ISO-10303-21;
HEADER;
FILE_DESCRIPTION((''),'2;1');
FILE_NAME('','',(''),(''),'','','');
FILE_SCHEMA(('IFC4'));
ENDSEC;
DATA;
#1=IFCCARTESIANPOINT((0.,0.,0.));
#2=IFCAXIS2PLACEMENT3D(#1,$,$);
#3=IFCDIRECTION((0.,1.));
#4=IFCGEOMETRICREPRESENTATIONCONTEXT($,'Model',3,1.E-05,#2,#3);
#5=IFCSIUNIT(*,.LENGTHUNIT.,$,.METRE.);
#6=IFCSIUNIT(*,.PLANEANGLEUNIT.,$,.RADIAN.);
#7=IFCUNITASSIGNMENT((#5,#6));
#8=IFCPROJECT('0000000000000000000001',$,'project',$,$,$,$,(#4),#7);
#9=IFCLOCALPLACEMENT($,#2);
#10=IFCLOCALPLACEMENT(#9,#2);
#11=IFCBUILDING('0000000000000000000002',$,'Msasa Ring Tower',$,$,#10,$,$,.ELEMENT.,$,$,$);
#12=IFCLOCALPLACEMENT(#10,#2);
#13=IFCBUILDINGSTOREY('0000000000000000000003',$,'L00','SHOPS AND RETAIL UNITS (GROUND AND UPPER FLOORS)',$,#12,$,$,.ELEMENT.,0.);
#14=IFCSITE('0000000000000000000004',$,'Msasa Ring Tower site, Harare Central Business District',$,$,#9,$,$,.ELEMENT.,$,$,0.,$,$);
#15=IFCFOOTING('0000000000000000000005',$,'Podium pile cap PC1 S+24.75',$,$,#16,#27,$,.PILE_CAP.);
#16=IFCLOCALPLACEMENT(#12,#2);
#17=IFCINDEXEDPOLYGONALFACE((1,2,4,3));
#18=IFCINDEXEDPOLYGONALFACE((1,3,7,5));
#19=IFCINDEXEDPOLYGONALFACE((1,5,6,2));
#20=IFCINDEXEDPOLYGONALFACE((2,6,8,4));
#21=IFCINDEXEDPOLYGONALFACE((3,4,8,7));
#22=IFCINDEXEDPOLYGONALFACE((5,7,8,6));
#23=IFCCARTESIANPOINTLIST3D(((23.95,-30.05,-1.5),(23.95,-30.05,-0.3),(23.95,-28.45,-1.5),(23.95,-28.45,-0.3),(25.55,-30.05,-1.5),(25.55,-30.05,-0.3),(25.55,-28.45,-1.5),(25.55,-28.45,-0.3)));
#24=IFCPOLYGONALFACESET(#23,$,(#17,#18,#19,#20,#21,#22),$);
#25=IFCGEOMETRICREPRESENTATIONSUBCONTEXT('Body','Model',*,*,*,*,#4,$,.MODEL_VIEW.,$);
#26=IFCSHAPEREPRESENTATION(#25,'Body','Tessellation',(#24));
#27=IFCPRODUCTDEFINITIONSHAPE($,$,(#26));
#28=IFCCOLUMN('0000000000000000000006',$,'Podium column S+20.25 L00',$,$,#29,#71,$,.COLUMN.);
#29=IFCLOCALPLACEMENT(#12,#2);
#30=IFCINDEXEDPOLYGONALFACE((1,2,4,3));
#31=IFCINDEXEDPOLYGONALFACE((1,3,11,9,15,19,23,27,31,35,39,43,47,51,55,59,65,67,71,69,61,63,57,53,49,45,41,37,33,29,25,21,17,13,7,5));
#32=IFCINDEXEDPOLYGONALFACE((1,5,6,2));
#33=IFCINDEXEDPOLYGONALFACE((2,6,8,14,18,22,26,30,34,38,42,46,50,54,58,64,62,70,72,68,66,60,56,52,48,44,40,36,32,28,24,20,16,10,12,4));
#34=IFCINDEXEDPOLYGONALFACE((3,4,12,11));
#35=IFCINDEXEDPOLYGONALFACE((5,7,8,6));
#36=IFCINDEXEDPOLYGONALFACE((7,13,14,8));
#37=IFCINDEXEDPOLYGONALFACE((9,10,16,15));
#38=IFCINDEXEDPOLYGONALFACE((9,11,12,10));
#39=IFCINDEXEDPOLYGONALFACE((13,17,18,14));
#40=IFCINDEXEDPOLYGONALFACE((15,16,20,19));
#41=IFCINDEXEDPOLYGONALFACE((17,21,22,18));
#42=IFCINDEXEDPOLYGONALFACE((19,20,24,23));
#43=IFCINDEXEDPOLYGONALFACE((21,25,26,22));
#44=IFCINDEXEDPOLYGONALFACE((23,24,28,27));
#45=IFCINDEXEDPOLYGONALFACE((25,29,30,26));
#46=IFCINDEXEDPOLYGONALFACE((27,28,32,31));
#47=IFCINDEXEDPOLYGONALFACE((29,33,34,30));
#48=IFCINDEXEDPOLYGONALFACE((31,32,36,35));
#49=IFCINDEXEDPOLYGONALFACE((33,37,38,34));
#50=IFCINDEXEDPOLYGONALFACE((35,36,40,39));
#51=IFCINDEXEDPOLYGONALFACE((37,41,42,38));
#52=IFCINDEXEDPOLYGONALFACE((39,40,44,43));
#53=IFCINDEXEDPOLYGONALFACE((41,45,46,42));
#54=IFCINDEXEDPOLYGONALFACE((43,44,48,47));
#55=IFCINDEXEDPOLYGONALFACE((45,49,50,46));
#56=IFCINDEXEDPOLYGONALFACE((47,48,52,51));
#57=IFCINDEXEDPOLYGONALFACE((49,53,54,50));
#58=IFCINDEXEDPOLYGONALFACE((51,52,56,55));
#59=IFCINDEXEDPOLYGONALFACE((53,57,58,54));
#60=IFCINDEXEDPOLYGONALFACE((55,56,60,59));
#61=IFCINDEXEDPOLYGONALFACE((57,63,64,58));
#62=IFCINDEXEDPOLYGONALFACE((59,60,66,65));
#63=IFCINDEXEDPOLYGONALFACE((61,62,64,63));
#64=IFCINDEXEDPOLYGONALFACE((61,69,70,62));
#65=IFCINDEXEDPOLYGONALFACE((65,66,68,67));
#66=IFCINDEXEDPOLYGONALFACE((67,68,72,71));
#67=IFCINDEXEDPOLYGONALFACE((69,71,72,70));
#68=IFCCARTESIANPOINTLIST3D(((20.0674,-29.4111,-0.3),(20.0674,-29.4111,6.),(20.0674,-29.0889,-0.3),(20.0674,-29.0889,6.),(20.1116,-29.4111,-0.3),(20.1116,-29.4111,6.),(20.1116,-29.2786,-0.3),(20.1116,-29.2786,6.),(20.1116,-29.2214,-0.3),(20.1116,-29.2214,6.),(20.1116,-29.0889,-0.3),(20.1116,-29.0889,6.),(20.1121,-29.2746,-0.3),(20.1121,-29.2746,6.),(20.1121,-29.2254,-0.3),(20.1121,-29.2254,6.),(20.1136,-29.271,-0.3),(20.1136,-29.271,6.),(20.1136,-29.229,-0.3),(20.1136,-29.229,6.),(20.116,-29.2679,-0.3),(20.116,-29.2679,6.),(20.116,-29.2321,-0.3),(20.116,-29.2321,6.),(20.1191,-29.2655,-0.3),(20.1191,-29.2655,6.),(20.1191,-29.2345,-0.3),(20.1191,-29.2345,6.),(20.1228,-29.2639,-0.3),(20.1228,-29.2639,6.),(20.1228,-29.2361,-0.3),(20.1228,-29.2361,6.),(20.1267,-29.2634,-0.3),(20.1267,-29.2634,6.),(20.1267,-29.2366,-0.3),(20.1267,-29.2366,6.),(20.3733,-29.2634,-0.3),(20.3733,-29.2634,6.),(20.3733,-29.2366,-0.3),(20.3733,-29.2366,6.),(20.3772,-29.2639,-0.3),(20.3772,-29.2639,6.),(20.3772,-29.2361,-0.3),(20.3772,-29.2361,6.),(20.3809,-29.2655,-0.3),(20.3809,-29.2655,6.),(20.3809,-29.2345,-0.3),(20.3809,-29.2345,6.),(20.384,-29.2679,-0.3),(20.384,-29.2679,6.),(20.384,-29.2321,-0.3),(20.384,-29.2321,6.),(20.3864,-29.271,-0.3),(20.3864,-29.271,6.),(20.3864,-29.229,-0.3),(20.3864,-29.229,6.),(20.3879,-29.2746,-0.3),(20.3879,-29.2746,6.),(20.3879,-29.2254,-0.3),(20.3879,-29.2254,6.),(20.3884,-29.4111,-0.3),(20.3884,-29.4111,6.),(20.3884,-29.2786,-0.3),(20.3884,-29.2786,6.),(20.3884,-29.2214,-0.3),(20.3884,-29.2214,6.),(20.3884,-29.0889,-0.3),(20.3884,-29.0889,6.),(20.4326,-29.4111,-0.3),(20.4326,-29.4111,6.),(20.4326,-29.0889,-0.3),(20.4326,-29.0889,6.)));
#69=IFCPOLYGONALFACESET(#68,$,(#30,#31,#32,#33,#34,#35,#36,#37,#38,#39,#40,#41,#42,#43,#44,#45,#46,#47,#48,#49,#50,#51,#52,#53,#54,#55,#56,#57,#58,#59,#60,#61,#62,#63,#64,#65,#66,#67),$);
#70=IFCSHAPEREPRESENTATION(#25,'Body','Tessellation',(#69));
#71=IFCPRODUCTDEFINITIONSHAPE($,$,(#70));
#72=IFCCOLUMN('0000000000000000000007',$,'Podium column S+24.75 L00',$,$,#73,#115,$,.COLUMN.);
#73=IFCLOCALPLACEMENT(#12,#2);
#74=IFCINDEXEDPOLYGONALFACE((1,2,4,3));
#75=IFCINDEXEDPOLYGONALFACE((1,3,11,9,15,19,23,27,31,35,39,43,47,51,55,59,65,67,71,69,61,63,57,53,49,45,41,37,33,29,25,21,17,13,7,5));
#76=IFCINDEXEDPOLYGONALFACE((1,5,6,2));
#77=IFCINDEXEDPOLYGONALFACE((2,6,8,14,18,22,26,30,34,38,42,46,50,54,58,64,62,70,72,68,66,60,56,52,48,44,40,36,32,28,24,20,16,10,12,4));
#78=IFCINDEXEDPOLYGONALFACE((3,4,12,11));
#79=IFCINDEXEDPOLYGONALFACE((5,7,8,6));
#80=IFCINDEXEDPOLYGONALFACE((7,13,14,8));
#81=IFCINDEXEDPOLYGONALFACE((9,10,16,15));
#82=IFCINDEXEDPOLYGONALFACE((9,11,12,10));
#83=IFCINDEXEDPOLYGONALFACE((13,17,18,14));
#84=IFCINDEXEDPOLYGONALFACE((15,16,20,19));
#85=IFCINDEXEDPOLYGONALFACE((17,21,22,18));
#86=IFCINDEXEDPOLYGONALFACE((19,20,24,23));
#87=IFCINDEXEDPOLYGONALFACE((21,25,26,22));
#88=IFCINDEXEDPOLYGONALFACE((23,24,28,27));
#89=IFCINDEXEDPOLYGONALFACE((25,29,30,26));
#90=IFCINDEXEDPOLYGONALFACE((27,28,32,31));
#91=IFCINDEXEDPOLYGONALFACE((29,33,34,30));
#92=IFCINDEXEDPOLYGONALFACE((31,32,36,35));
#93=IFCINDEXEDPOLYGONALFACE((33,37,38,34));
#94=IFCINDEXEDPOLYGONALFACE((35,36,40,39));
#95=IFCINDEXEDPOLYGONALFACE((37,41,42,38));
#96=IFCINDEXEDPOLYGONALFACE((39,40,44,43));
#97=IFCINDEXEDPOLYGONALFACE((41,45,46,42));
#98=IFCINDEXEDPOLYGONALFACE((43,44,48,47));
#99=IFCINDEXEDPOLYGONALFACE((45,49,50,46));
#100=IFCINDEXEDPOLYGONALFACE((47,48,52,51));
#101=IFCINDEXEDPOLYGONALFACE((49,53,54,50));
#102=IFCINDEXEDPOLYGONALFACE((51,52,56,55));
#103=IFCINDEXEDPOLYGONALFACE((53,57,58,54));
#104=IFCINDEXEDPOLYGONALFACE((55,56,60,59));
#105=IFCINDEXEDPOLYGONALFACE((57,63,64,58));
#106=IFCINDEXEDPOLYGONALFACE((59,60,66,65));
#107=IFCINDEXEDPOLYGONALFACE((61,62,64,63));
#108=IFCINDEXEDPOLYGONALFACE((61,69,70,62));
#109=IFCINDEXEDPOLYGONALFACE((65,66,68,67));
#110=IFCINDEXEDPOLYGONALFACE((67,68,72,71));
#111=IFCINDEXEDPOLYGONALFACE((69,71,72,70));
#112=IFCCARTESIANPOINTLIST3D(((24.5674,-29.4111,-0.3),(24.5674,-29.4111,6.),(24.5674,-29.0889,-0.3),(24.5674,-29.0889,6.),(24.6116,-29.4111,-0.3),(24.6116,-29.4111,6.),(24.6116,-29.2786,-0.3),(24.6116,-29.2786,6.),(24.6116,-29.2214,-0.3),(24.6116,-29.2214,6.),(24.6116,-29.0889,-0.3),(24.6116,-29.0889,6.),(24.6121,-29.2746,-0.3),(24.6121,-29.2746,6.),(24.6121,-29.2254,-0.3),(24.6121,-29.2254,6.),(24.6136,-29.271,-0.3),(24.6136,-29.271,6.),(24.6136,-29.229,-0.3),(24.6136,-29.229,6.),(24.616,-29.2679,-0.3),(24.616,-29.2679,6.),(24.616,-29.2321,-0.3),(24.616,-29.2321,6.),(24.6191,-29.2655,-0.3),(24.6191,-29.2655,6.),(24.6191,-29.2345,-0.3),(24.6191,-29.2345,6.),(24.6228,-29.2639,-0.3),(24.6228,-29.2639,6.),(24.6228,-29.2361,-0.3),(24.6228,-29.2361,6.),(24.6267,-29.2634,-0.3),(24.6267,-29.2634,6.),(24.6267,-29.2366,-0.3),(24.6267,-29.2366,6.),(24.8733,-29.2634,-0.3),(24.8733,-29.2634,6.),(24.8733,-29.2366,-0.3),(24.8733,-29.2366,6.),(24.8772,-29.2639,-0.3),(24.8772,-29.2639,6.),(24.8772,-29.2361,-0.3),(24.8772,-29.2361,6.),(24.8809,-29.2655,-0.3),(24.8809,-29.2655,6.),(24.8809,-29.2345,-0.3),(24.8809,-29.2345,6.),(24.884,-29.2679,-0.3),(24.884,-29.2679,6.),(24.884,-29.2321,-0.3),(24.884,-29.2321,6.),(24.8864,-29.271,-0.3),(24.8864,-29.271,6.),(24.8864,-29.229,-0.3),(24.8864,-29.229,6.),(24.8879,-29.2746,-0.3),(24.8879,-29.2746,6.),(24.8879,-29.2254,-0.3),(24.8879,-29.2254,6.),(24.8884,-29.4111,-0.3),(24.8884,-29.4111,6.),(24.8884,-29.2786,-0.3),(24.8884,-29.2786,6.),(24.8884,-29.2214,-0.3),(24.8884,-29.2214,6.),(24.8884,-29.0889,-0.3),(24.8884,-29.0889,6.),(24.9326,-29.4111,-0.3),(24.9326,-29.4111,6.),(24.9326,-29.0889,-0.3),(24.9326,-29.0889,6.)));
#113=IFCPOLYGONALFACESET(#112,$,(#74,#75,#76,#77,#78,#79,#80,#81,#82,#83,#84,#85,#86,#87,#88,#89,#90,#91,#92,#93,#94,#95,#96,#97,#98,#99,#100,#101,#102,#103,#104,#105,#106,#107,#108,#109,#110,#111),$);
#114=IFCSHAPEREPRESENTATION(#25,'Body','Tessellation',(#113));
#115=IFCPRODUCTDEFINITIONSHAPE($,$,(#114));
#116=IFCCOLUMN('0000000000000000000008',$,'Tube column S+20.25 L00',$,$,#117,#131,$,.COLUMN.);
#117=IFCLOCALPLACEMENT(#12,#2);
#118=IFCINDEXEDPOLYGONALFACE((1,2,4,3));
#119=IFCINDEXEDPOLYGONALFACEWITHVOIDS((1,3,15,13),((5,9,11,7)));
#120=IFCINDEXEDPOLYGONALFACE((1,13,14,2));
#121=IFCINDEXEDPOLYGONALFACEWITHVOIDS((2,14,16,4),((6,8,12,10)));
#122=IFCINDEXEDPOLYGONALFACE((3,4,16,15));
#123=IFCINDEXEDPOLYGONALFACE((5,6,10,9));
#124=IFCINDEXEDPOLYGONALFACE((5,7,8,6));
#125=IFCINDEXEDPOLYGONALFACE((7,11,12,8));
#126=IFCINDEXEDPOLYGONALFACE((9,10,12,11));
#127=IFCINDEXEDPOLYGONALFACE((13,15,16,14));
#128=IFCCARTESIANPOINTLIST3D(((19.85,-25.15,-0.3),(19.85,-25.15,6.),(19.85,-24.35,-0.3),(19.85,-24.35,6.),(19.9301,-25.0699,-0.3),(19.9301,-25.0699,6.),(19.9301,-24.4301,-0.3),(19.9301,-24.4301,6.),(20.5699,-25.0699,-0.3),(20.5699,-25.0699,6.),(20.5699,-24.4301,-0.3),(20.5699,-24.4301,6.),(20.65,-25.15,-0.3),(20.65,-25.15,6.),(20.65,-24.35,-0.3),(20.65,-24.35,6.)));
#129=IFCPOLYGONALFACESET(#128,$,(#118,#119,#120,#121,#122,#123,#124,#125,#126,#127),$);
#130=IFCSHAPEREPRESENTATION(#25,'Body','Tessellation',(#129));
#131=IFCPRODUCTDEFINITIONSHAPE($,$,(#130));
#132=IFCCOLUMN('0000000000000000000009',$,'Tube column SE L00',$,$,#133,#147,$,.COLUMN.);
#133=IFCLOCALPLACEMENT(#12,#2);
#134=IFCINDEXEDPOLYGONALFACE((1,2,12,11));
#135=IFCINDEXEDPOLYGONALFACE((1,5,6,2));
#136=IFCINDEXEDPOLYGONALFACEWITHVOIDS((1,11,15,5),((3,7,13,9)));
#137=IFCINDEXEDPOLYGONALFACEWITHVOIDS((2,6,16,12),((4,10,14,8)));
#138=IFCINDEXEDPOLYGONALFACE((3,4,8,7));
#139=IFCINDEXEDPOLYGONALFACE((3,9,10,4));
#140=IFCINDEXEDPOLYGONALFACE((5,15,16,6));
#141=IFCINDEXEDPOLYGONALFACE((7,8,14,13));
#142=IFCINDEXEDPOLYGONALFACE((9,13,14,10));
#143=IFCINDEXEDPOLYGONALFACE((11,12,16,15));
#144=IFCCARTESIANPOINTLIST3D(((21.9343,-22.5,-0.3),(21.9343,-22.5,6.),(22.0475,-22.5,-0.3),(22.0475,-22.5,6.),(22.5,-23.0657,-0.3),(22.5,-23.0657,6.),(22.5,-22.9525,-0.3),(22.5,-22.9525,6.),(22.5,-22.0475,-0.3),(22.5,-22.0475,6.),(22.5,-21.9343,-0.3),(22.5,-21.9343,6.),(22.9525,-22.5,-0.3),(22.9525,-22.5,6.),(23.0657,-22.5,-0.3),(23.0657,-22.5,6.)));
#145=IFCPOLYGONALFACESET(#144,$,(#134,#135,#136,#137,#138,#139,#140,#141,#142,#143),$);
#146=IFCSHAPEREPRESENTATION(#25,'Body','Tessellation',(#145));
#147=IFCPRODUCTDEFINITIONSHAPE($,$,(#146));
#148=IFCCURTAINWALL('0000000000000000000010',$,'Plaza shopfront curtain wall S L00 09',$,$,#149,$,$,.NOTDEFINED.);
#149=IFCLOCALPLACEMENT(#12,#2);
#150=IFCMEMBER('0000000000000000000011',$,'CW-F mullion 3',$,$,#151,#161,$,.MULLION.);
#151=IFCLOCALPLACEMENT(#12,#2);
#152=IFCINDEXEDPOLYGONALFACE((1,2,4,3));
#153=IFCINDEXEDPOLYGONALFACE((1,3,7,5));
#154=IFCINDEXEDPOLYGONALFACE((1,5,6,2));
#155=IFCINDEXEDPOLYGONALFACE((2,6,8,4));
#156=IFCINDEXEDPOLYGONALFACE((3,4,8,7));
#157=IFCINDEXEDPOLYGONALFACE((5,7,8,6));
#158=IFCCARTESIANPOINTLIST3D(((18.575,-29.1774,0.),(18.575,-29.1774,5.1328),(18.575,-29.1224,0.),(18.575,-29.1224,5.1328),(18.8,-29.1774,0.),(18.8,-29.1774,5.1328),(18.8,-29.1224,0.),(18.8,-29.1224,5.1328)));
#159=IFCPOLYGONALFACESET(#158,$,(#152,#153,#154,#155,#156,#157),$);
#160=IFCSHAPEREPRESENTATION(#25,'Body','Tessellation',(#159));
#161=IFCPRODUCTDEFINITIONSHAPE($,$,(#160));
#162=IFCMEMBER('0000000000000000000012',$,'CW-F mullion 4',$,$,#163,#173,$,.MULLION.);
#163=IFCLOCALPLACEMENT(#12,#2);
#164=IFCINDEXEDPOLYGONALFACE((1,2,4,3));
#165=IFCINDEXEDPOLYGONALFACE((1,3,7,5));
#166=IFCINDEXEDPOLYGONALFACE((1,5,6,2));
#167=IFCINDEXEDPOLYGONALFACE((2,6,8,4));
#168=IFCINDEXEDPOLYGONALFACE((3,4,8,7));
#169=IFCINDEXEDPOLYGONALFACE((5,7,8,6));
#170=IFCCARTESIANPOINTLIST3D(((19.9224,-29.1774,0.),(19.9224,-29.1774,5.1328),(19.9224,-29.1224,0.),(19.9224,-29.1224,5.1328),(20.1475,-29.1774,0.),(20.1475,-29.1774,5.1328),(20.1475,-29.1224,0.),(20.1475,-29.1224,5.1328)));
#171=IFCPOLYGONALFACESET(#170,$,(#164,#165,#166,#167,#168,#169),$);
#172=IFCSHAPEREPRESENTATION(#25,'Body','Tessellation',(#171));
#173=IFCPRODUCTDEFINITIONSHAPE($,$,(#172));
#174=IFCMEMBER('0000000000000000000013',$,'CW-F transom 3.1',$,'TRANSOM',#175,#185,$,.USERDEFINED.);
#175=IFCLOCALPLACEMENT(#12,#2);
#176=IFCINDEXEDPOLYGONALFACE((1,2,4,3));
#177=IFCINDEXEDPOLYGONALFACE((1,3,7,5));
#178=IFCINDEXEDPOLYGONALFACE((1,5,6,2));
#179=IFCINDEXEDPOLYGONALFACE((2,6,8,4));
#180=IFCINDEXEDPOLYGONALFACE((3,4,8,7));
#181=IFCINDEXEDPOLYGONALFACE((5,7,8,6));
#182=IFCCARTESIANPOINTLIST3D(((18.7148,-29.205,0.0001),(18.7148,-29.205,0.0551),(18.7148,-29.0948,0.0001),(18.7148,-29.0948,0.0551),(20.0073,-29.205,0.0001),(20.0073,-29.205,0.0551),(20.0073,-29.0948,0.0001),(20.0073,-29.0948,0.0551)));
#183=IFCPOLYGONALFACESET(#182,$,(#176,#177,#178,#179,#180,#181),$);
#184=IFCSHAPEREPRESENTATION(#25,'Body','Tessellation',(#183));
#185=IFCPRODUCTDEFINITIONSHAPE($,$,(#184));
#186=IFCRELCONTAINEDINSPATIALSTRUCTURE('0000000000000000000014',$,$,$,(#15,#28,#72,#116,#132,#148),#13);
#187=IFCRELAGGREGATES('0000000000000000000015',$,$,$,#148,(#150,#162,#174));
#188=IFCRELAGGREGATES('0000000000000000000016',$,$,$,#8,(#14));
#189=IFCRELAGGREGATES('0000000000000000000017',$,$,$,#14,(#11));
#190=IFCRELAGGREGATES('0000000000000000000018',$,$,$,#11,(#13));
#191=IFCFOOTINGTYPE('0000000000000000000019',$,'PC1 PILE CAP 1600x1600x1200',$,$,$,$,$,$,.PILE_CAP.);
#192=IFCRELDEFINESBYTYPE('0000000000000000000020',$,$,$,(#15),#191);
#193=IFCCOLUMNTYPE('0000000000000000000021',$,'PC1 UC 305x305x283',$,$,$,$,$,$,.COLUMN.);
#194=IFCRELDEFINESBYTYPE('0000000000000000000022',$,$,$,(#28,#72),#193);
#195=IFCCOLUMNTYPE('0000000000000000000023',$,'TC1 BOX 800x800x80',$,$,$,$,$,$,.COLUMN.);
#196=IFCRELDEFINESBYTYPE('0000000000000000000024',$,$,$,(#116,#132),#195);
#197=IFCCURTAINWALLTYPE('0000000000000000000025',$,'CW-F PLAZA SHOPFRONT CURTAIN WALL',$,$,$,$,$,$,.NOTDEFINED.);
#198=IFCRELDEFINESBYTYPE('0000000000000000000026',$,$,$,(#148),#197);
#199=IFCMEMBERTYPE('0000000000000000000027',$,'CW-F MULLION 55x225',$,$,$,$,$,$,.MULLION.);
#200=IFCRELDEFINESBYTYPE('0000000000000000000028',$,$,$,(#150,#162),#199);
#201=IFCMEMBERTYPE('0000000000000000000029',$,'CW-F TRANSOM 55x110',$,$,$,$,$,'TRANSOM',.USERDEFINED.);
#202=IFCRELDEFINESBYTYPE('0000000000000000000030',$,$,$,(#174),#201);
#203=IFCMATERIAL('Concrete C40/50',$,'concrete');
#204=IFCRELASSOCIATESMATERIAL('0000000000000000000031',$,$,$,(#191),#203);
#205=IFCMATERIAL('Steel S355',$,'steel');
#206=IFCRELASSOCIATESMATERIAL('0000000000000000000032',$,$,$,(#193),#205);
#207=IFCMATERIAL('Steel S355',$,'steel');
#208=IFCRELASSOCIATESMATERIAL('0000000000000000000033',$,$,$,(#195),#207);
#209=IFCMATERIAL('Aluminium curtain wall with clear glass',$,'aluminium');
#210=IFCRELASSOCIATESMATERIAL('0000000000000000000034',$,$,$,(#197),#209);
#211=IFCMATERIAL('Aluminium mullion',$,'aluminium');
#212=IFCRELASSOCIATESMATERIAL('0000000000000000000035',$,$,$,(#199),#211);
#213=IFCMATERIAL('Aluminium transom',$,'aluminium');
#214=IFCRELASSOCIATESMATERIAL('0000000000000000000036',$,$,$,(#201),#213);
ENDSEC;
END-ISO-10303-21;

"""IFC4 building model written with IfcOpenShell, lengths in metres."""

from ifc_helpers import new_model, si_unit, direction, frame, origin, origin_2d, place, context, subcontext, project, spatial, rectangle, hollow_rectangle, i_section, extrude, material, material_profile, profile_set, type_object, element, aggregate, save


model = new_model("IFC4")

# Units and contexts
model_context = context("Model", 3, precision=1e-05, world=origin(), true_north=direction((0.0, 1.0)))
body_context = subcontext(model_context, "Body", "Model", "MODEL_VIEW")
ifc_project = project(units=[si_unit("LENGTHUNIT", "METRE"), si_unit("PLANEANGLEUNIT", "RADIAN")], contexts=[model_context])

# Site, building, storey
site_placement = place(None, origin())
site = spatial("IfcSite", under=ifc_project, at=site_placement, Name="Msasa Ring Tower site, Harare Central Business District", CompositionType="ELEMENT", RefElevation=0.0)
building_placement = place(site_placement, origin())
building = spatial("IfcBuilding", under=site, at=building_placement, Name="Msasa Ring Tower", CompositionType="ELEMENT")
storey_placement = place(building_placement, origin())
storey = spatial("IfcBuildingStorey", under=building, at=storey_placement, Name="L00", Description="SHOPS AND RETAIL UNITS (GROUND AND UPPER FLOORS)", CompositionType="ELEMENT", Elevation=0.0)

# Footing
ifc_material_1 = material(Name="Concrete C40/50", Category="concrete")
footing_type = type_object("IfcFootingType", Name="PC1 PILE CAP 1600x1600x1200", PredefinedType="PILE_CAP", material=ifc_material_1)
for number, where, z_axis, x_axis, name in (
    (1, (24.75, -29.25, -1.5), (0.0, 0.0, 1.0), (1.0, 0.0, 0.0), "Podium pile cap PC1 S+24.75"),
):
    element("IfcFooting", number, at=place(storey_placement, frame(where, z_axis=z_axis, x_axis=x_axis)), inside=storey, type_object=footing_type, Name=name, PredefinedType="PILE_CAP", context=body_context, shape_type="SweptSolid", body=[
        extrude(rectangle(XDim=1.6001, YDim=1.6001, at=origin_2d()), origin(), (0.0, 0.0, 1.0), 1.2),
    ])

# Columns
ifc_material_2 = material(Name="Steel S355", Category="steel")
ifc_material_profile_1 = material_profile(ifc_material_2, i_section(OverallWidth=0.3223, OverallDepth=0.3652, WebThickness=0.0269, FlangeThickness=0.0442, FilletRadius=0.0151, at=origin_2d()), Name="UC 305x305x283")
ifc_profile_set_1 = profile_set([ifc_material_profile_1], Name="Steel S355")
column_type_1 = type_object("IfcColumnType", Name="PC1 UC 305x305x283", PredefinedType="COLUMN", material=ifc_profile_set_1)
for number, where, z_axis, x_axis, name in (
    (2, (20.25, -29.25, -0.3), (0.0, 0.0, 1.0), (0.0, 1.0, 0.0), "Podium column S+20.25 L00"),
    (3, (24.75, -29.25, -0.3), (0.0, 0.0, 1.0), (0.0, 1.0, 0.0), "Podium column S+24.75 L00"),
):
    element("IfcColumn", number, at=place(storey_placement, frame(where, z_axis=z_axis, x_axis=x_axis)), inside=storey, type_object=column_type_1, Name=name, PredefinedType="COLUMN", context=body_context, shape_type="SweptSolid", body=[
        extrude(i_section(OverallWidth=0.3223, OverallDepth=0.3652, WebThickness=0.0269, FlangeThickness=0.0442, FilletRadius=0.0151, at=origin_2d()), origin(), (0.0, 0.0, 1.0), 6.3),
    ])
ifc_material_3 = material(Name="Steel S355", Category="steel")
ifc_material_profile_2 = material_profile(ifc_material_3, hollow_rectangle(XDim=0.8, YDim=0.8, WallThickness=0.0801, at=origin_2d()), Name="BOX 800x800x80")
ifc_profile_set_2 = profile_set([ifc_material_profile_2], Name="Steel S355")
column_type_2 = type_object("IfcColumnType", Name="TC1 BOX 800x800x80", PredefinedType="COLUMN", material=ifc_profile_set_2)
for number, where, z_axis, x_axis, name in (
    (4, (20.25, -24.75, -0.3), (0.0, 0.0, 1.0), (0.0, 1.0, 0.0), "Tube column S+20.25 L00"),
    (5, (22.5, -22.5, -0.3), (0.0, 0.0, 1.0), (0.707107, -0.707107, 0.0), "Tube column SE L00"),
):
    element("IfcColumn", number, at=place(storey_placement, frame(where, z_axis=z_axis, x_axis=x_axis)), inside=storey, type_object=column_type_2, Name=name, PredefinedType="COLUMN", context=body_context, shape_type="SweptSolid", body=[
        extrude(hollow_rectangle(XDim=0.8, YDim=0.8, WallThickness=0.0801, at=origin_2d()), origin(), (0.0, 0.0, 1.0), 6.3),
    ])

# Curtain wall, members
ifc_material_4 = material(Name="Aluminium curtain wall with clear glass", Category="aluminium")
curtain_wall_type_1 = type_object("IfcCurtainWallType", Name="CW-F PLAZA SHOPFRONT CURTAIN WALL", PredefinedType="NOTDEFINED", material=ifc_material_4)
curtain_wall_1_placement = place(storey_placement, origin())
curtain_wall_1 = element("IfcCurtainWall", 6, at=curtain_wall_1_placement, inside=storey, type_object=curtain_wall_type_1, Name="Plaza shopfront curtain wall S L00 09", PredefinedType="NOTDEFINED")
ifc_material_5 = material(Name="Aluminium mullion", Category="aluminium")
ifc_material_profile_3 = material_profile(ifc_material_5, rectangle(XDim=0.0549, YDim=0.2251, at=origin_2d()), Name="AL 55x225")
ifc_profile_set_3 = profile_set([ifc_material_profile_3], Name="Aluminium mullion")
member_type_1 = type_object("IfcMemberType", Name="CW-F MULLION 55x225", PredefinedType="MULLION", material=ifc_profile_set_3)
member_1_placement = place(storey_placement, frame((18.6875, -29.1499, 0.0), z_axis=(0.0, 0.0, 1.0), x_axis=(0.0, 1.0, 0.0)))
member_1 = element("IfcMember", 7, at=member_1_placement, type_object=member_type_1, Name="CW-F mullion 3", PredefinedType="MULLION", context=body_context, shape_type="SweptSolid", body=[
    extrude(rectangle(XDim=0.0549, YDim=0.2251, at=origin_2d()), origin(), (0.0, 0.0, 1.0), 5.1328),
])
member_2_placement = place(storey_placement, frame((20.0349, -29.1499, 0.0), z_axis=(0.0, 0.0, 1.0), x_axis=(0.0, 1.0, 0.0)))
member_2 = element("IfcMember", 8, at=member_2_placement, type_object=member_type_1, Name="CW-F mullion 4", PredefinedType="MULLION", context=body_context, shape_type="SweptSolid", body=[
    extrude(rectangle(XDim=0.0549, YDim=0.2251, at=origin_2d()), origin(), (0.0, 0.0, 1.0), 5.1328),
])
ifc_material_6 = material(Name="Aluminium transom", Category="aluminium")
ifc_material_profile_4 = material_profile(ifc_material_6, rectangle(XDim=0.1101, YDim=0.0549, at=origin_2d()), Name="AL 55x110")
ifc_profile_set_4 = profile_set([ifc_material_profile_4], Name="Aluminium transom")
member_type_2 = type_object("IfcMemberType", Name="CW-F TRANSOM 55x110", ElementType="TRANSOM", PredefinedType="USERDEFINED", material=ifc_profile_set_4)
member_3_placement = place(storey_placement, frame((18.7148, -29.1499, 0.0276), z_axis=(1.0, 0.0, 0.0), x_axis=(0.0, 1.0, 0.0)))
member_3 = element("IfcMember", 9, at=member_3_placement, type_object=member_type_2, Name="CW-F transom 3.1", ObjectType="TRANSOM", PredefinedType="USERDEFINED", context=body_context, shape_type="SweptSolid", body=[
    extrude(rectangle(XDim=0.1101, YDim=0.0549, at=origin_2d()), origin(), (0.0, 0.0, 1.0), 1.2925),
])

aggregate(curtain_wall_1, [member_1, member_2, member_3])

save(model, "model.ifc")
